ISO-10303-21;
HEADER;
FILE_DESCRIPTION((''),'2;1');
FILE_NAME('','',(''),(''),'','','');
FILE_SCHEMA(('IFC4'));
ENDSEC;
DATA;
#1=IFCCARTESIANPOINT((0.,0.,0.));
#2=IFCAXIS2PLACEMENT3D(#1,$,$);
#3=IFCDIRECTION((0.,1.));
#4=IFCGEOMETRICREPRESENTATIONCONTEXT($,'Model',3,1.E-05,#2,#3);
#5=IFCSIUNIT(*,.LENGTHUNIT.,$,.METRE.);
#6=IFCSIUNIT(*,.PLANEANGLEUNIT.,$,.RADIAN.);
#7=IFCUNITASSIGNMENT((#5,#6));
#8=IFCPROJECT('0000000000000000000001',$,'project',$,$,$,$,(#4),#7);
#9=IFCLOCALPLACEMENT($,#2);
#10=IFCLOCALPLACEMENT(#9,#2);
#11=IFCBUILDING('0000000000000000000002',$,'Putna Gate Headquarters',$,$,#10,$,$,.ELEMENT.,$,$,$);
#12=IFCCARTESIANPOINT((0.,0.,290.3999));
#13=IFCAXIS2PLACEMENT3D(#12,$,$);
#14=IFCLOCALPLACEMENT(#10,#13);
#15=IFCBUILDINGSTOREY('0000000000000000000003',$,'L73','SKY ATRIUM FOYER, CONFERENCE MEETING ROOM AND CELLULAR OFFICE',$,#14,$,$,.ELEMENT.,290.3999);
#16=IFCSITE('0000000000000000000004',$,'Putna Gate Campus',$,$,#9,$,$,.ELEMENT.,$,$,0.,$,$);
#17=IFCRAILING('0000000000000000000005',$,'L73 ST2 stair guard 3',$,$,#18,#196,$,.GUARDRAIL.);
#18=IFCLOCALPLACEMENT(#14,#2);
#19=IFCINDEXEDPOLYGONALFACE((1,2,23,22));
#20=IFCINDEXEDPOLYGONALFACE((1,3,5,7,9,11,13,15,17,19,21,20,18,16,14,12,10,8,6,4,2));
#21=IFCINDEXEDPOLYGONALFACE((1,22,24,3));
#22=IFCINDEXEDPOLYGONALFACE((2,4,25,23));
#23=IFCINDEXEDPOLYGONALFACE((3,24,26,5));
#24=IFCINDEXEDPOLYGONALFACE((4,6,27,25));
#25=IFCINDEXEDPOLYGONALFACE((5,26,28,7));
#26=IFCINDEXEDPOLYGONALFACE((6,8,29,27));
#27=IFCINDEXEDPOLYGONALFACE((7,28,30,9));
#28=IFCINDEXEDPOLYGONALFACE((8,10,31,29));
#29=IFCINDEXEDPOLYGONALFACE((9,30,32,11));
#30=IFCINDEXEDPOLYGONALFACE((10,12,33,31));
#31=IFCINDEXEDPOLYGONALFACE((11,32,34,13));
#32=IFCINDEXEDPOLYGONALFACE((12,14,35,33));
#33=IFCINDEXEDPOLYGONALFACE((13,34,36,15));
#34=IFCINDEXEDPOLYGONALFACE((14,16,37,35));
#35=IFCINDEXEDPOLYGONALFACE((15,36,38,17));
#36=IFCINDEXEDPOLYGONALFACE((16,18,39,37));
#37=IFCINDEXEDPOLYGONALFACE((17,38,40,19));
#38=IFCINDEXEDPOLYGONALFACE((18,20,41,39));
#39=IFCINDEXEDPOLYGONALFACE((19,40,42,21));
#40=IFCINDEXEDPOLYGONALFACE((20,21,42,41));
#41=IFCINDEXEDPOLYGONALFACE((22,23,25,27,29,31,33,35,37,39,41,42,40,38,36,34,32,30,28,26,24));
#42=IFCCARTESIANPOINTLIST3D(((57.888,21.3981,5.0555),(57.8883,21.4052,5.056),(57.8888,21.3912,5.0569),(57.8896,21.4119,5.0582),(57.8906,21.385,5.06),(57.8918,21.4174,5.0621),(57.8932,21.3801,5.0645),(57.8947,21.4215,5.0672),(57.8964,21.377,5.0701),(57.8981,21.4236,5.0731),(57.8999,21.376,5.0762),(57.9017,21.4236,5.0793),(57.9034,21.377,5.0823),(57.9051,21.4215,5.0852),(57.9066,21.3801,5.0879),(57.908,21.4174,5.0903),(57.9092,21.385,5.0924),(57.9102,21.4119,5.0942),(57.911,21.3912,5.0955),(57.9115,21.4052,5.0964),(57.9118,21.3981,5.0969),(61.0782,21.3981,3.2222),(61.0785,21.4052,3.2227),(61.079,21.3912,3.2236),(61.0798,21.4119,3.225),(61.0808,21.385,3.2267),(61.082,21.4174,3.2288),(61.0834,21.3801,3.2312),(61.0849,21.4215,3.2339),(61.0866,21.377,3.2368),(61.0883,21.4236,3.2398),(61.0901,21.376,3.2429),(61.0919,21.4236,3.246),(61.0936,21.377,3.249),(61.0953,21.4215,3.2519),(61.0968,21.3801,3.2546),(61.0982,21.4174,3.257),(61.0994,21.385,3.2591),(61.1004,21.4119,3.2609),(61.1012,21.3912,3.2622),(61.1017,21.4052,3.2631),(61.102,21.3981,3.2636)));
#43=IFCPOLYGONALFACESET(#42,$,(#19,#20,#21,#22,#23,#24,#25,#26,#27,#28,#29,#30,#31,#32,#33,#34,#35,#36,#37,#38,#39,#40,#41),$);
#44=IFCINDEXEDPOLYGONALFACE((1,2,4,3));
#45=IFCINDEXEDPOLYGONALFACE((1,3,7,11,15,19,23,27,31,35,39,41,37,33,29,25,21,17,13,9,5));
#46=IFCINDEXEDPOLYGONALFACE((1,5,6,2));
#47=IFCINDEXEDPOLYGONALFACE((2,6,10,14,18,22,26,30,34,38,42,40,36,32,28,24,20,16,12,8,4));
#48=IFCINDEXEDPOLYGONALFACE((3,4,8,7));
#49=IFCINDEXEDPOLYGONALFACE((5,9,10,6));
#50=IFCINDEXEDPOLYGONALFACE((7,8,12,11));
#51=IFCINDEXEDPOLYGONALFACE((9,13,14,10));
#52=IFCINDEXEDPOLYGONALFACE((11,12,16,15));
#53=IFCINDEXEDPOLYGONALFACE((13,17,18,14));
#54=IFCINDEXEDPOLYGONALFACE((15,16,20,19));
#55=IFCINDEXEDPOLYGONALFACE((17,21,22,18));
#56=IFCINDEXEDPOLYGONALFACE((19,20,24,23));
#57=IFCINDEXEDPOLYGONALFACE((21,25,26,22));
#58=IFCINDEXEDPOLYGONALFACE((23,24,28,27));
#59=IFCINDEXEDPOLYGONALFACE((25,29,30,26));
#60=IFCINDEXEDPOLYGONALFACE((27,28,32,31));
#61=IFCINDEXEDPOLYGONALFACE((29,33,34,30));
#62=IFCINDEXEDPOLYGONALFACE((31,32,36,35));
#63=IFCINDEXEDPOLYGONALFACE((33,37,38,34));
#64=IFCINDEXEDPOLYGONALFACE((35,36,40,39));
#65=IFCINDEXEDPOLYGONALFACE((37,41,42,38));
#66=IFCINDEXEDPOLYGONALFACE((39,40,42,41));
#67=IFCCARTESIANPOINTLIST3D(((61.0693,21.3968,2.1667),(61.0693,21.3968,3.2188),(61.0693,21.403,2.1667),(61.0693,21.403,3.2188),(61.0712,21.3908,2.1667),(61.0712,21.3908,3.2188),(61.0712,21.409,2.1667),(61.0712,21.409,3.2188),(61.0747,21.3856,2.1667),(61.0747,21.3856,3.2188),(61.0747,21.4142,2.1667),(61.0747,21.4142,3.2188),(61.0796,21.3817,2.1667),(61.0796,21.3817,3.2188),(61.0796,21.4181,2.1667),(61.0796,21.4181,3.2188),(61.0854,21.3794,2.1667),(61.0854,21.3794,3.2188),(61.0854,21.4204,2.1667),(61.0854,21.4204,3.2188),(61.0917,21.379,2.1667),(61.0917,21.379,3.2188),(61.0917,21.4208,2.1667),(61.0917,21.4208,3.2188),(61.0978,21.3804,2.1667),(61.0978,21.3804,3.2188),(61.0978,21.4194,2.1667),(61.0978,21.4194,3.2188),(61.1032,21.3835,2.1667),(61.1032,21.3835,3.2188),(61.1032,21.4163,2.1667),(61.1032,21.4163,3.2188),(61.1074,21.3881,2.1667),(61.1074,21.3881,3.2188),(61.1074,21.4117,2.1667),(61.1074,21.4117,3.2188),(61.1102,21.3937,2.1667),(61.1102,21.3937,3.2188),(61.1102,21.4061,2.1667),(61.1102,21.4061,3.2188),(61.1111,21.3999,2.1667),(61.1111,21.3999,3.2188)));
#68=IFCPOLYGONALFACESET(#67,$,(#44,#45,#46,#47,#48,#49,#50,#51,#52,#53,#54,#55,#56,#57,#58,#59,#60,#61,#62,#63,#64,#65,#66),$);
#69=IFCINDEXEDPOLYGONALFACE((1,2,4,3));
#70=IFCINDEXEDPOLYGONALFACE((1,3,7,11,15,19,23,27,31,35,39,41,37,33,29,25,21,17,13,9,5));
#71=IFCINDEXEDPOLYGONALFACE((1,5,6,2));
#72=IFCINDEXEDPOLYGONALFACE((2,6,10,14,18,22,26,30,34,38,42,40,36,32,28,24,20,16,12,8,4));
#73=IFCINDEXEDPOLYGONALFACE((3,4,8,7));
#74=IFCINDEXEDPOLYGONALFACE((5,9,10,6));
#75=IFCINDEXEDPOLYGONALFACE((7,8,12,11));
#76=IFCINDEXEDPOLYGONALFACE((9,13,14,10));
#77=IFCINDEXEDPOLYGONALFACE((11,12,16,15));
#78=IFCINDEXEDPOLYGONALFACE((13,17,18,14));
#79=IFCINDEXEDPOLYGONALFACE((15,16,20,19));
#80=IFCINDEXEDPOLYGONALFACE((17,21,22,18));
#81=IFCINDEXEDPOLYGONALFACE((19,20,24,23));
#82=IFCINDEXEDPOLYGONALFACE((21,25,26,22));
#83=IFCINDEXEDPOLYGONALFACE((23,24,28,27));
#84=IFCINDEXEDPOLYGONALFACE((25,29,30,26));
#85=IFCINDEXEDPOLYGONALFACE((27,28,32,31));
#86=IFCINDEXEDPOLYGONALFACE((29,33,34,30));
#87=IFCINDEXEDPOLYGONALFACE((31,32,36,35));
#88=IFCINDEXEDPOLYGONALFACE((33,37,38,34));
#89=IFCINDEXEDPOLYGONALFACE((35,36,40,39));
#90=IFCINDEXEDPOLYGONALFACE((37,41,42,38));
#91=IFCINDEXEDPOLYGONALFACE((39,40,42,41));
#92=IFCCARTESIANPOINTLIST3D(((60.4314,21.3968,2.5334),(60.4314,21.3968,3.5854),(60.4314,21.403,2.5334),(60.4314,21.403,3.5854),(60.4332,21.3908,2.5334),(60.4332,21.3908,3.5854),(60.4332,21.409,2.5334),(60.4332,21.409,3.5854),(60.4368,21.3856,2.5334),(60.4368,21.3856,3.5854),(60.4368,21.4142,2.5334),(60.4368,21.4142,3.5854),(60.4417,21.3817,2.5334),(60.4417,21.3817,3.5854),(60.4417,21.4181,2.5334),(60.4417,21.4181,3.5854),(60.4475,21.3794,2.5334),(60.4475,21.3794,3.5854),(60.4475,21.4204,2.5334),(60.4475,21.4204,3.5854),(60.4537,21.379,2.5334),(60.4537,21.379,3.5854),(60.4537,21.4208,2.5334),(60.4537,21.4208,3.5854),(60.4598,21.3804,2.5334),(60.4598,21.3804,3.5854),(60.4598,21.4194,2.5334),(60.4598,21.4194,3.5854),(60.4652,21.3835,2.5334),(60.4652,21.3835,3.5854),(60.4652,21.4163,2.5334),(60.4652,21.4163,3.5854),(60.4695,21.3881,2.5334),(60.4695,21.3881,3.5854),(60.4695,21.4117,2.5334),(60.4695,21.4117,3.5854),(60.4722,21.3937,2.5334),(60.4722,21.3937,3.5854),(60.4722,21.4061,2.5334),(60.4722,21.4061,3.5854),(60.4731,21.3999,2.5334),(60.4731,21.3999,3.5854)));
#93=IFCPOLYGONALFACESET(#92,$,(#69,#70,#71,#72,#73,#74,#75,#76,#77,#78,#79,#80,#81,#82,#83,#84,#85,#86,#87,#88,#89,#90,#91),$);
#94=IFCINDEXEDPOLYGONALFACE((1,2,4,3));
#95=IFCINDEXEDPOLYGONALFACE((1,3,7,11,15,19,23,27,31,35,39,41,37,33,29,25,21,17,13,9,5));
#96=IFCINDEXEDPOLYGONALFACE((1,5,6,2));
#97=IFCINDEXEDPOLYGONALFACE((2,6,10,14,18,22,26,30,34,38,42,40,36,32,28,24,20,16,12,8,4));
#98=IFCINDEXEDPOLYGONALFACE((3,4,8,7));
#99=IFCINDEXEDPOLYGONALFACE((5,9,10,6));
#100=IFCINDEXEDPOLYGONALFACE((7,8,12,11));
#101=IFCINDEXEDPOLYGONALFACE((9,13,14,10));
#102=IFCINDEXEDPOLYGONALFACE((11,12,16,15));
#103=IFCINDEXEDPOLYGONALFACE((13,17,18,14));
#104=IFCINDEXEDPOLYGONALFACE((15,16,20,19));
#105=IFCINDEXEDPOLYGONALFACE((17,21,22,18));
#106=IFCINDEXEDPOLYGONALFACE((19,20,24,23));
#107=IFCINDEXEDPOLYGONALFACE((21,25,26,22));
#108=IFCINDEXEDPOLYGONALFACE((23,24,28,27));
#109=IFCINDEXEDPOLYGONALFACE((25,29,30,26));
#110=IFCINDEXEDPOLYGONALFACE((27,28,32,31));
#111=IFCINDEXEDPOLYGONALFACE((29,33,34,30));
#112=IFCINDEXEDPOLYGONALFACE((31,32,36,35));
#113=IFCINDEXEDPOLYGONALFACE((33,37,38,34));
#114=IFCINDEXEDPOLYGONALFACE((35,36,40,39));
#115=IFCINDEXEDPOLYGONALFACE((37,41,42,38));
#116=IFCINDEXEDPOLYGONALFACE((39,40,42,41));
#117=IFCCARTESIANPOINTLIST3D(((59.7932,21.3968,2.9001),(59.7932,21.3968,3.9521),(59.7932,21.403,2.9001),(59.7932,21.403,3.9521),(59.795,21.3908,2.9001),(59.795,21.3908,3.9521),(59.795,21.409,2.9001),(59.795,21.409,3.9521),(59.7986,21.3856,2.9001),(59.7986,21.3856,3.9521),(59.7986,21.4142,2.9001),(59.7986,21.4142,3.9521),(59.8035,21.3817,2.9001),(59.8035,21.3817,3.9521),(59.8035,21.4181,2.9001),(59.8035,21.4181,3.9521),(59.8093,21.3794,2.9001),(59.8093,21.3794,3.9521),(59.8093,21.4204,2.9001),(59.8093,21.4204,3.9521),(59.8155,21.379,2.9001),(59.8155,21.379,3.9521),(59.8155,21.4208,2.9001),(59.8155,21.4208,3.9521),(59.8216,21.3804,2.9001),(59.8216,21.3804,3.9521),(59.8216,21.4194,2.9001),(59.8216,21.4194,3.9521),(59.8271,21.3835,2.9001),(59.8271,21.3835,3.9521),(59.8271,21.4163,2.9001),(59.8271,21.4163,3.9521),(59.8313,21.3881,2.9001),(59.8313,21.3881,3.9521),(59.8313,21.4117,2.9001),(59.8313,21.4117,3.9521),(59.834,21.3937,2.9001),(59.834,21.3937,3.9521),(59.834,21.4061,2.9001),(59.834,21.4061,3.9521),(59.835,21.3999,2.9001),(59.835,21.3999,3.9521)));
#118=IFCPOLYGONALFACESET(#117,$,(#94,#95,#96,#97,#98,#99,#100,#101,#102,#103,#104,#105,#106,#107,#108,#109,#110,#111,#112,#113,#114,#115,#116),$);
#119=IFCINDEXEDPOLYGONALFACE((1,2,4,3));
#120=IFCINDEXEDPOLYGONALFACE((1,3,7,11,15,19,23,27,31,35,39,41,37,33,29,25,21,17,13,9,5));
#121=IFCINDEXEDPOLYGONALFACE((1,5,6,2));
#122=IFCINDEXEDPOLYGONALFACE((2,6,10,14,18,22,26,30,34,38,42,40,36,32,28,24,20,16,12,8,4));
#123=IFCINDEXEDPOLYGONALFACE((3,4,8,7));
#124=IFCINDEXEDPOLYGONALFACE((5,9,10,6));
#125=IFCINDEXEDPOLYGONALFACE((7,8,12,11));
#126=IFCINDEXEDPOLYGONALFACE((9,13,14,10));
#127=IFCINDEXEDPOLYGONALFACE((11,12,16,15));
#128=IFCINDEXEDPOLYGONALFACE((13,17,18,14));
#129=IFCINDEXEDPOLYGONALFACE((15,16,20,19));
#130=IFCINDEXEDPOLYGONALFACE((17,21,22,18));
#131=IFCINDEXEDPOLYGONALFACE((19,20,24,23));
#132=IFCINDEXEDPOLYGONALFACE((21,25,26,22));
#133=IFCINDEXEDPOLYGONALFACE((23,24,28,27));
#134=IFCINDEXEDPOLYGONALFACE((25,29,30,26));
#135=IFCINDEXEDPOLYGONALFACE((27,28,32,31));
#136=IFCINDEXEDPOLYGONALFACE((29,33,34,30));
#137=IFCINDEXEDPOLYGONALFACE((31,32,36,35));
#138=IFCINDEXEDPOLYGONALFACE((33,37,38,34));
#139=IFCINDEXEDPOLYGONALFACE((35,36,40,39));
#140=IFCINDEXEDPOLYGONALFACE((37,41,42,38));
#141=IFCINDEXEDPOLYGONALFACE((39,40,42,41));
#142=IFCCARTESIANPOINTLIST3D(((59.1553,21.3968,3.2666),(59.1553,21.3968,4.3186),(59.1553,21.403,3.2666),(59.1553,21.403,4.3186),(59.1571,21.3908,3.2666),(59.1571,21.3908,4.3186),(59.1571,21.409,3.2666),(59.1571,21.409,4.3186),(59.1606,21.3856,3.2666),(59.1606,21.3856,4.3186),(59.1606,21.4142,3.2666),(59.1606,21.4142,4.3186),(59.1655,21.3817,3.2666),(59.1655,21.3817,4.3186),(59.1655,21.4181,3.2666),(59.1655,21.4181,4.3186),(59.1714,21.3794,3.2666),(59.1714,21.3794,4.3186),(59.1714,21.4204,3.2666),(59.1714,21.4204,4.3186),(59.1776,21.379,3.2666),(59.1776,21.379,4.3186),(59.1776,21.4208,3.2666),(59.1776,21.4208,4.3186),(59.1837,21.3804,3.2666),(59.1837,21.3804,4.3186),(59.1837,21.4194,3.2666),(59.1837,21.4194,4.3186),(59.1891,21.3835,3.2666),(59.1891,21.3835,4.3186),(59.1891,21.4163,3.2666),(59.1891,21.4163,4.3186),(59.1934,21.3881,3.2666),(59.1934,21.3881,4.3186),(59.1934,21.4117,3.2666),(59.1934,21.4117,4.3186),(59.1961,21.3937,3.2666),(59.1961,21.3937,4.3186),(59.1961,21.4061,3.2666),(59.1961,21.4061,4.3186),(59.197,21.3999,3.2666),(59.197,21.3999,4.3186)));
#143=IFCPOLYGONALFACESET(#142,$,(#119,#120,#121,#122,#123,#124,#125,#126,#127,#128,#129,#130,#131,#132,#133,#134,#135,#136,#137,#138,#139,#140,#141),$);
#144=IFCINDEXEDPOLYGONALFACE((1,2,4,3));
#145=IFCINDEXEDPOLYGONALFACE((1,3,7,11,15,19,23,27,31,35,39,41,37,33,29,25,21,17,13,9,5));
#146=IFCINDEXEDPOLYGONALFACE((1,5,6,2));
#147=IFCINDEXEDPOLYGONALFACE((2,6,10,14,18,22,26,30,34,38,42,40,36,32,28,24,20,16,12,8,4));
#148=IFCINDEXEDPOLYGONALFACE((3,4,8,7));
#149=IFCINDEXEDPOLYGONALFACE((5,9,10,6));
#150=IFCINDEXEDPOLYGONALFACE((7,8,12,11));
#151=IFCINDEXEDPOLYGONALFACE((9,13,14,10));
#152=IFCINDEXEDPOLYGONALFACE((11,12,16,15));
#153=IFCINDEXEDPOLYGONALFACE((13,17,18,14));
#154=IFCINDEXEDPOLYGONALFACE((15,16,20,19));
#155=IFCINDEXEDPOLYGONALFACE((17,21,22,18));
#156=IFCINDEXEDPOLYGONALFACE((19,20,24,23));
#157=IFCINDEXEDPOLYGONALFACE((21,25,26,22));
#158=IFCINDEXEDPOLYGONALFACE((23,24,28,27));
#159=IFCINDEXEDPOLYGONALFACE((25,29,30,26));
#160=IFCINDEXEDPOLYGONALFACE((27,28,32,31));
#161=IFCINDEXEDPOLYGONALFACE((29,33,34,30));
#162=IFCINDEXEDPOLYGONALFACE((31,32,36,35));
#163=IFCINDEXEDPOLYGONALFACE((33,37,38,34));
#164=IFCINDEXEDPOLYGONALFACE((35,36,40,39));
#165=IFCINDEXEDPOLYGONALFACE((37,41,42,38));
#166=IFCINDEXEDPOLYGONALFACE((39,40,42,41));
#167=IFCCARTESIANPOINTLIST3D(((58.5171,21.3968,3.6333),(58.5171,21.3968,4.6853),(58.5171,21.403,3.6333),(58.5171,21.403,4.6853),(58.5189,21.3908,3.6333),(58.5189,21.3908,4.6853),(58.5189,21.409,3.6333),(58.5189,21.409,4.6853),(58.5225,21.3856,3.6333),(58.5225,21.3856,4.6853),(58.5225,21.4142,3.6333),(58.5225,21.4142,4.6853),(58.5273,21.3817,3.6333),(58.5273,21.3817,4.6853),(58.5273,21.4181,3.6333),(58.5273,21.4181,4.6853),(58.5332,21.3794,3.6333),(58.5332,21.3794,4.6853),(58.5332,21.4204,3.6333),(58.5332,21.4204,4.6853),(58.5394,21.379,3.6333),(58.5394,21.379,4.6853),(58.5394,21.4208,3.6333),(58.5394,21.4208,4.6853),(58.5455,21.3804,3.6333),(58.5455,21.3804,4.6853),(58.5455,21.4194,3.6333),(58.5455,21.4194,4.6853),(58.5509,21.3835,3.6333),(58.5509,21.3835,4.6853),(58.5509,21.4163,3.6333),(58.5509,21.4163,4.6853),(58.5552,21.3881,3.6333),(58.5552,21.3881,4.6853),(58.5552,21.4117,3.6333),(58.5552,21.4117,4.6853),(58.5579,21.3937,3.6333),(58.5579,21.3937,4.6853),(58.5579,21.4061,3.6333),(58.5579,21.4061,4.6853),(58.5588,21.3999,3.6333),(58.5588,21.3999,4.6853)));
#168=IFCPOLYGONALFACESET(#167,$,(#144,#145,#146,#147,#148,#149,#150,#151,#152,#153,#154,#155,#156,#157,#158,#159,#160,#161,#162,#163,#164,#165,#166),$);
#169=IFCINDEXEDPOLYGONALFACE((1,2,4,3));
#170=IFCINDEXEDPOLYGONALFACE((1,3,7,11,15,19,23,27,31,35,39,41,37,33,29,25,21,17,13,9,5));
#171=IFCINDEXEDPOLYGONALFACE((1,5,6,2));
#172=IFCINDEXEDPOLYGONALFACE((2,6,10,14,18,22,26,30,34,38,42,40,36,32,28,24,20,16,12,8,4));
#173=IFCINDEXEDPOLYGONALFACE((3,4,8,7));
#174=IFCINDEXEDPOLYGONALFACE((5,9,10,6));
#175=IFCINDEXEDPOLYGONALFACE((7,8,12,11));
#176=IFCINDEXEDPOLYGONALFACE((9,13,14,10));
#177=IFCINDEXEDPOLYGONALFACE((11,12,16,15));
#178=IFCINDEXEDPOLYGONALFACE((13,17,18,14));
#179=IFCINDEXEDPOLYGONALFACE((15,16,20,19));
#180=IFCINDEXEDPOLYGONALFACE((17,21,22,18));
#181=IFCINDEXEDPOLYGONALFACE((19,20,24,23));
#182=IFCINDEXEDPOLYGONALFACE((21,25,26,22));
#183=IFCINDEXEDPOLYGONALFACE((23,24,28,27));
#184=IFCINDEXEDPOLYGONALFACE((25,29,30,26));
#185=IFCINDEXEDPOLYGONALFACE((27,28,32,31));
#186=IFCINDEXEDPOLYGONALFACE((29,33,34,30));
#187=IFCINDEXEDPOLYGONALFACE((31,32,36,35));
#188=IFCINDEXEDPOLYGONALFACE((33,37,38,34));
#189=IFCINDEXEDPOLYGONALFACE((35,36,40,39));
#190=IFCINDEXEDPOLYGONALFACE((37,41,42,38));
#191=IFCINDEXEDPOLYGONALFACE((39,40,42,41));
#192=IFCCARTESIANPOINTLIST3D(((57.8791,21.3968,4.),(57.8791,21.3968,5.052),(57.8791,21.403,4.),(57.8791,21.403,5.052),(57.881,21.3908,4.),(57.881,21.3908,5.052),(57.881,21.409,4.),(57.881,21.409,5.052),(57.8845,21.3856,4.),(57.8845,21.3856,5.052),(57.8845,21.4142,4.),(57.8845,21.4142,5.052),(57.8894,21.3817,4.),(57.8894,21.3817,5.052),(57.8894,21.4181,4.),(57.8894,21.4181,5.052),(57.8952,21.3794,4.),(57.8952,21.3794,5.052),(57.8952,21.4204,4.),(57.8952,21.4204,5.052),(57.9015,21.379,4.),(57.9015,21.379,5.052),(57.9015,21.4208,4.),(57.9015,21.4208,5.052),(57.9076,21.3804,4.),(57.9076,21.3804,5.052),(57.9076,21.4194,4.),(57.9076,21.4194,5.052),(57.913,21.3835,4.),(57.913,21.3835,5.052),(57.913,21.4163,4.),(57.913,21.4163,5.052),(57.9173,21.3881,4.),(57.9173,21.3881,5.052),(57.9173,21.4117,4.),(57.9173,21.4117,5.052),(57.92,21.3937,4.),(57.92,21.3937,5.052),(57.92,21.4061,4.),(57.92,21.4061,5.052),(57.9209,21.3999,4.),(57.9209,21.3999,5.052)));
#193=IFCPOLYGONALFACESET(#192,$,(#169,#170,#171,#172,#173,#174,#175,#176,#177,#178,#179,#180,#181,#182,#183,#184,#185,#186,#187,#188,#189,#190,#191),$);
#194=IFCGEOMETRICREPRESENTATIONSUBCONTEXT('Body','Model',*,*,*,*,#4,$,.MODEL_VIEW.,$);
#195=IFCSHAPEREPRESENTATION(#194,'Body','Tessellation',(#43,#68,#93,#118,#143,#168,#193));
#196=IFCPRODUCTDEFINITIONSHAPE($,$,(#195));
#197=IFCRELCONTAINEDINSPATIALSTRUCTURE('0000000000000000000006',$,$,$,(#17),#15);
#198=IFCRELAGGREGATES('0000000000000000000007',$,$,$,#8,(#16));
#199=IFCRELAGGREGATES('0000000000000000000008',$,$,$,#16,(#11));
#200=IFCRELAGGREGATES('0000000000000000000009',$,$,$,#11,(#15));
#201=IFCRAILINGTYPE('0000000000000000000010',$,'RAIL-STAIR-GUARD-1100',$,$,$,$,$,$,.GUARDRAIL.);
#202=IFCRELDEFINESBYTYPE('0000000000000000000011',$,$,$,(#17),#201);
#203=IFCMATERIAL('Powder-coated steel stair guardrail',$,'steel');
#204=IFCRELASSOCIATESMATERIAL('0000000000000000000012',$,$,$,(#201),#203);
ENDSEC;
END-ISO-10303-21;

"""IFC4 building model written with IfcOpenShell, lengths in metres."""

from ifc_helpers import new_model, si_unit, direction, frame, origin, origin_2d, place, context, subcontext, project, spatial, circle, extrude, material, type_object, element, save


model = new_model("IFC4")

# Units and contexts
model_context = context("Model", 3, precision=1e-05, world=origin(), true_north=direction((0.0, 1.0)))
body_context = subcontext(model_context, "Body", "Model", "MODEL_VIEW")
ifc_project = project(units=[si_unit("LENGTHUNIT", "METRE"), si_unit("PLANEANGLEUNIT", "RADIAN")], contexts=[model_context])

# Site, building, storey
site_placement = place(None, origin())
site = spatial("IfcSite", under=ifc_project, at=site_placement, Name="Putna Gate Campus", CompositionType="ELEMENT", RefElevation=0.0)
building_placement = place(site_placement, origin())
building = spatial("IfcBuilding", under=site, at=building_placement, Name="Putna Gate Headquarters", CompositionType="ELEMENT")
storey_placement = place(building_placement, frame((0.0, 0.0, 290.3999)))
storey = spatial("IfcBuildingStorey", under=building, at=storey_placement, Name="L73", Description="SKY ATRIUM FOYER, CONFERENCE MEETING ROOM AND CELLULAR OFFICE", CompositionType="ELEMENT", Elevation=290.3999)

# Railing
ifc_material_1 = material(Name="Powder-coated steel stair guardrail", Category="steel")
railing_type_1 = type_object("IfcRailingType", Name="RAIL-STAIR-GUARD-1100", PredefinedType="GUARDRAIL", material=ifc_material_1)
railing_1_placement = place(storey_placement, frame((61.0901, 21.3999, 2.1667)))
element("IfcRailing", 1, at=railing_1_placement, inside=storey, type_object=railing_type_1, Name="L73 ST2 stair guard 3", PredefinedType="GUARDRAIL", context=body_context, shape_type="SweptSolid", body=[
    extrude(circle(Radius=0.0239, at=origin_2d()), frame((0.0, 0.0, 1.0762), z_axis=(-0.867036, 0.0, 0.498245), x_axis=(0.0, -1.0, 0.0)), (0.0, 0.0, 1.0), 3.6794),
    extrude(circle(Radius=0.021, at=origin_2d()), origin(), (0.0, 0.0, 1.0), 1.052),
    extrude(circle(Radius=0.021, at=origin_2d()), frame((-0.6379, 0.0, 0.3667)), (0.0, 0.0, 1.0), 1.052),
    extrude(circle(Radius=0.021, at=origin_2d()), frame((-1.2761, 0.0, 0.7334)), (0.0, 0.0, 1.0), 1.052),
    extrude(circle(Radius=0.021, at=origin_2d()), frame((-1.9141, 0.0, 1.0999)), (0.0, 0.0, 1.0), 1.052),
    extrude(circle(Radius=0.021, at=origin_2d()), frame((-2.5522, 0.0, 1.4666)), (0.0, 0.0, 1.0), 1.052),
    extrude(circle(Radius=0.021, at=origin_2d()), frame((-3.1902, 0.0, 1.8333)), (0.0, 0.0, 1.0), 1.052),
])

save(model, "model.ifc")
